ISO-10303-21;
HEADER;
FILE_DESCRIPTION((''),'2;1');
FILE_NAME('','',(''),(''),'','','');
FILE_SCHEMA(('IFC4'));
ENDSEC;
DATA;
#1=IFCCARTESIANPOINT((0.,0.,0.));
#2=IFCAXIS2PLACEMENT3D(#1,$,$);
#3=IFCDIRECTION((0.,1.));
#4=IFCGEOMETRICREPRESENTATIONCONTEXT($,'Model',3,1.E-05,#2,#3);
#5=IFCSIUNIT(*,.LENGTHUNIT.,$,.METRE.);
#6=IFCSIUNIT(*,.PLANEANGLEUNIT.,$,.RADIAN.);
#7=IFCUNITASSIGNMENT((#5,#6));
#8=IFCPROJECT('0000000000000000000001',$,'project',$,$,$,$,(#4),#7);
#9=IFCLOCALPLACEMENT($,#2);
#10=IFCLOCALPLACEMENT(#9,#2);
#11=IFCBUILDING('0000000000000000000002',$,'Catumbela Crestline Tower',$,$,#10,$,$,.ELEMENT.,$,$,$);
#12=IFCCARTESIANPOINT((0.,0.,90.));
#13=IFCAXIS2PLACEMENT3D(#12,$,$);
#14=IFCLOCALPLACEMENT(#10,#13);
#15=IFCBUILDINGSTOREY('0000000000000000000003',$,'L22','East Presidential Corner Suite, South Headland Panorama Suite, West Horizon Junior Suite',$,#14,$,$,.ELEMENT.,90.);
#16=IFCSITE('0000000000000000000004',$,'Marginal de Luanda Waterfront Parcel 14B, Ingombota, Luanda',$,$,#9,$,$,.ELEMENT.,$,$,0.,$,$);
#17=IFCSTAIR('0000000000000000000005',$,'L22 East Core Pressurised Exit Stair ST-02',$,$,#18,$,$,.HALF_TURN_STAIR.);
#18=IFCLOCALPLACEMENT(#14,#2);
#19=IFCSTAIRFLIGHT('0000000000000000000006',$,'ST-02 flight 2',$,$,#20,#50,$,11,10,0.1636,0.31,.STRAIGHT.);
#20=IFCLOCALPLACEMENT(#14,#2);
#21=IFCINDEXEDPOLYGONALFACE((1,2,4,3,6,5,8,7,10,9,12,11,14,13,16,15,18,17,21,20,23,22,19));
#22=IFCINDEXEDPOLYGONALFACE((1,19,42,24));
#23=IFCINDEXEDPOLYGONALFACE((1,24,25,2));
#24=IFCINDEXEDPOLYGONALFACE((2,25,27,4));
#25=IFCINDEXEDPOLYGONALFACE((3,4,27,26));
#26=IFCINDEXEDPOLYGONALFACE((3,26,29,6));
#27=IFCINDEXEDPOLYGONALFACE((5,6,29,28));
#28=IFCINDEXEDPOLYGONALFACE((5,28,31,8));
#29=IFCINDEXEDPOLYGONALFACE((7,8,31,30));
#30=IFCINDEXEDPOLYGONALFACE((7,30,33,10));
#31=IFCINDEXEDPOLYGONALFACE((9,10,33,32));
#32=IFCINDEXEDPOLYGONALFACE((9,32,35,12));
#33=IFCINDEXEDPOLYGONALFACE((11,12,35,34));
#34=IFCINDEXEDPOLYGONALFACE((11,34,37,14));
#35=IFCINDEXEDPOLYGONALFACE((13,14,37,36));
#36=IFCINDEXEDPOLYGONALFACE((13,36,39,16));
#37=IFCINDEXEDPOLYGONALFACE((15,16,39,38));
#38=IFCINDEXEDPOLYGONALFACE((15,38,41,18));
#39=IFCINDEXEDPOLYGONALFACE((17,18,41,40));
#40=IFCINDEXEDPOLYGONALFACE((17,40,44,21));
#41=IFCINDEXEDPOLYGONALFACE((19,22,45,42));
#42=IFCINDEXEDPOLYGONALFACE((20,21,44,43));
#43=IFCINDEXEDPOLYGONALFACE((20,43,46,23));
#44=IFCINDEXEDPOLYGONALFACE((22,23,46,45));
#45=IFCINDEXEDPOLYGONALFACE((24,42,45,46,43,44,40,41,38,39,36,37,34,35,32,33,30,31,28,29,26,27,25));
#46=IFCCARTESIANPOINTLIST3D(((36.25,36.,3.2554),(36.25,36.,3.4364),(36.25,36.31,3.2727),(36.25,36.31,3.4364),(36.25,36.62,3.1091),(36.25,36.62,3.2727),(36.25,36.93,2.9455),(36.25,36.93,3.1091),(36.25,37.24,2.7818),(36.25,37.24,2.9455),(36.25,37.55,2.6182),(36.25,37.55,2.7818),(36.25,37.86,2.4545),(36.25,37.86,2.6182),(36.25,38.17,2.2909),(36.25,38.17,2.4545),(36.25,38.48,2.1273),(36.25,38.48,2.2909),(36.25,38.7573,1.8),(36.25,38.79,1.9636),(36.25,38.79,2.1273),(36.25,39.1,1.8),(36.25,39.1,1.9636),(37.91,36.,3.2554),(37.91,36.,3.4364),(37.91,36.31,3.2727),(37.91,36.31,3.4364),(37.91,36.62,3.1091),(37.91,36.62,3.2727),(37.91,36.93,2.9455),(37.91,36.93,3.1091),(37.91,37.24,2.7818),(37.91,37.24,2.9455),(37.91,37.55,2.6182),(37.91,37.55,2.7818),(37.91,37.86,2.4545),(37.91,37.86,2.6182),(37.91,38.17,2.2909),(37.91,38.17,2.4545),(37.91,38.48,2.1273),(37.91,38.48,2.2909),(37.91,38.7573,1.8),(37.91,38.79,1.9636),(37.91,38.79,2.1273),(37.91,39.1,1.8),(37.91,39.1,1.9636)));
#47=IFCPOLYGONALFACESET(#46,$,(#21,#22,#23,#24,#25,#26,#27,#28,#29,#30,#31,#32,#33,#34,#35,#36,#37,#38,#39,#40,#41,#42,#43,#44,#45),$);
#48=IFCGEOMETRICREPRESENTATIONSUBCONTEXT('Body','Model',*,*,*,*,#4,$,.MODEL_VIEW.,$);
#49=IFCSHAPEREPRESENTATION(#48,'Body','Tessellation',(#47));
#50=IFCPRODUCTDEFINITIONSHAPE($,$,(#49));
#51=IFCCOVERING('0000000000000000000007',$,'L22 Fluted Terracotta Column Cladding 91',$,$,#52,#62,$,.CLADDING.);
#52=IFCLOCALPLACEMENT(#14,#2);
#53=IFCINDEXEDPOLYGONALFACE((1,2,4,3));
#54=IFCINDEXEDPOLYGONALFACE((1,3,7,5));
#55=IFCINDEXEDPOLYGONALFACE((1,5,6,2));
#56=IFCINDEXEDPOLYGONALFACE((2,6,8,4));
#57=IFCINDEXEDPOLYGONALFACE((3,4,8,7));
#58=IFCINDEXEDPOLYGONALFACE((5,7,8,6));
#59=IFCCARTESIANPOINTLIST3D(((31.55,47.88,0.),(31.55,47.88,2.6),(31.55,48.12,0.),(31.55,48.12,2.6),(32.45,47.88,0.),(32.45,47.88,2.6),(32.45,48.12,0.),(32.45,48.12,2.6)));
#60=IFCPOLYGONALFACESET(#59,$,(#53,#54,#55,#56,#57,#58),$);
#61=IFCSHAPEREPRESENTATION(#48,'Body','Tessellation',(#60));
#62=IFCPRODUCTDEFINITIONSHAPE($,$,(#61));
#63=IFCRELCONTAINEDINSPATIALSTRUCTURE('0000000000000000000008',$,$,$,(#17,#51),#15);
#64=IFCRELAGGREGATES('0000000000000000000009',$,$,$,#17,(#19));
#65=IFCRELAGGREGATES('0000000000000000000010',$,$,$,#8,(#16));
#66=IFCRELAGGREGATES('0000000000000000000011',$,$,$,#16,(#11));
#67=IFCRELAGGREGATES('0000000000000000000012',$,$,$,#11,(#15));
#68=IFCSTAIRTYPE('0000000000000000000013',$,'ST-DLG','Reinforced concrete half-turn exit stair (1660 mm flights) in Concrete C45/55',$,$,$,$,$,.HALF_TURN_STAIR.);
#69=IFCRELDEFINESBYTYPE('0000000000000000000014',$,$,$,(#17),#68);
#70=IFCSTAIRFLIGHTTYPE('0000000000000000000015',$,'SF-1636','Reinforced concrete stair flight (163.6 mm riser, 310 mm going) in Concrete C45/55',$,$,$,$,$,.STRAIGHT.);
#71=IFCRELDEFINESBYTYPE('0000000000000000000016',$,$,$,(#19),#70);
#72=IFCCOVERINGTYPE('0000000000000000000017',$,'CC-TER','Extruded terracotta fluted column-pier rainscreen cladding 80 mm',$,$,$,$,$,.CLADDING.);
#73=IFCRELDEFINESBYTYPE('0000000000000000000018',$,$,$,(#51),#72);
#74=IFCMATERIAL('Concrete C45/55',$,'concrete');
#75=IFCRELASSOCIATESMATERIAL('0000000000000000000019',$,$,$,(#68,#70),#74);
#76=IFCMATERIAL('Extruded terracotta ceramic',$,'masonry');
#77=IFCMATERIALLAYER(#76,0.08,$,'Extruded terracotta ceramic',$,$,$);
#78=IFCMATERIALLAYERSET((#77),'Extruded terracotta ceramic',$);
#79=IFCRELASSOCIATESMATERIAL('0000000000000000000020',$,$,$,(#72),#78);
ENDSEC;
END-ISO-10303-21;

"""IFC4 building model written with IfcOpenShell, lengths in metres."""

from ifc_helpers import new_model, si_unit, direction, frame, origin, origin_2d, place, context, subcontext, project, spatial, polyline, rectangle, outline, extrude, material, layer, layer_set, type_object, element, aggregate, save


model = new_model("IFC4")

# Units and contexts
model_context = context("Model", 3, precision=1e-05, world=origin(), true_north=direction((0.0, 1.0)))
body_context = subcontext(model_context, "Body", "Model", "MODEL_VIEW")
ifc_project = project(units=[si_unit("LENGTHUNIT", "METRE"), si_unit("PLANEANGLEUNIT", "RADIAN")], contexts=[model_context])

# Site, building, storey
site_placement = place(None, origin())
site = spatial("IfcSite", under=ifc_project, at=site_placement, Name="Marginal de Luanda Waterfront Parcel 14B, Ingombota, Luanda", CompositionType="ELEMENT", RefElevation=0.0)
building_placement = place(site_placement, origin())
building = spatial("IfcBuilding", under=site, at=building_placement, Name="Catumbela Crestline Tower", CompositionType="ELEMENT")
storey_placement = place(building_placement, frame((0.0, 0.0, 90.0)))
storey = spatial("IfcBuildingStorey", under=building, at=storey_placement, Name="L22", Description="East Presidential Corner Suite, South Headland Panorama Suite, West Horizon Junior Suite", CompositionType="ELEMENT", Elevation=90.0)

# Stair, stair flight
ifc_material_1 = material(Name="Concrete C45/55", Category="concrete")
stair_type = type_object("IfcStairType", Name="ST-DLG", Description="Reinforced concrete half-turn exit stair (1660 mm flights) in Concrete C45/55", PredefinedType="HALF_TURN_STAIR", material=ifc_material_1)
stair_placement = place(storey_placement, origin())
stair = element("IfcStair", 1, at=stair_placement, inside=storey, type_object=stair_type, Name="L22 East Core Pressurised Exit Stair ST-02", PredefinedType="HALF_TURN_STAIR")
stair_flight_type = type_object("IfcStairFlightType", Name="SF-1636", Description="Reinforced concrete stair flight (163.6 mm riser, 310 mm going) in Concrete C45/55", PredefinedType="STRAIGHT", material=ifc_material_1)
stair_flight_placement = place(storey_placement, frame((37.08, 39.1, 1.8), z_axis=(0.0, 0.0, 1.0), x_axis=(0.0, -1.0, 0.0)))
stair_flight = element("IfcStairFlight", 2, at=stair_flight_placement, type_object=stair_flight_type, Name="ST-02 flight 2", NumberOfRisers=11, NumberOfTreads=10, PredefinedType="STRAIGHT", RiserHeight=0.1636, TreadLength=0.31, context=body_context, shape_type="SweptSolid", body=[
    extrude(outline(polyline([(0.0, 0.0), (0.0, 0.1636), (0.31, 0.1636), (0.31, 0.3273), (0.62, 0.3273), (0.62, 0.4909), (0.93, 0.4909), (0.93, 0.6545), (1.24, 0.6545), (1.24, 0.8182), (1.55, 0.8182), (1.55, 0.9818), (1.86, 0.9818), (1.86, 1.1455), (2.17, 1.1455), (2.17, 1.3091), (2.48, 1.3091), (2.48, 1.4727), (2.79, 1.4727), (2.79, 1.6364), (3.1, 1.6364), (3.1, 1.8), (3.1, 1.4554), (0.3427, 0.0), (0.0, 0.0)])), frame((0.0, 0.83, 0.0), z_axis=(0.0, -1.0, 0.0), x_axis=(1.0, 0.0, 0.0)), (0.0, 0.0, 1.0), 1.66),
])
aggregate(stair, [stair_flight])

# Covering
ifc_material_2 = material(Name="Extruded terracotta ceramic", Category="masonry")
ifc_layer_1 = layer(ifc_material_2, 0.08, Name="Extruded terracotta ceramic")
ifc_layer_set_1 = layer_set([ifc_layer_1], Name="Extruded terracotta ceramic")
covering_type = type_object("IfcCoveringType", Name="CC-TER", Description="Extruded terracotta fluted column-pier rainscreen cladding 80 mm", PredefinedType="CLADDING", material=ifc_layer_set_1)
covering_placement = place(storey_placement, frame((32.0, 48.0, 0.0), z_axis=(0.0, 0.0, 1.0), x_axis=(-1.0, 0.0, 0.0)))
element("IfcCovering", 3, at=covering_placement, inside=storey, type_object=covering_type, Name="L22 Fluted Terracotta Column Cladding 91", PredefinedType="CLADDING", context=body_context, shape_type="SweptSolid", body=[
    extrude(rectangle(XDim=0.9, YDim=0.24, at=origin_2d()), origin(), (0.0, 0.0, 1.0), 2.6),
])

save(model, "model.ifc")
